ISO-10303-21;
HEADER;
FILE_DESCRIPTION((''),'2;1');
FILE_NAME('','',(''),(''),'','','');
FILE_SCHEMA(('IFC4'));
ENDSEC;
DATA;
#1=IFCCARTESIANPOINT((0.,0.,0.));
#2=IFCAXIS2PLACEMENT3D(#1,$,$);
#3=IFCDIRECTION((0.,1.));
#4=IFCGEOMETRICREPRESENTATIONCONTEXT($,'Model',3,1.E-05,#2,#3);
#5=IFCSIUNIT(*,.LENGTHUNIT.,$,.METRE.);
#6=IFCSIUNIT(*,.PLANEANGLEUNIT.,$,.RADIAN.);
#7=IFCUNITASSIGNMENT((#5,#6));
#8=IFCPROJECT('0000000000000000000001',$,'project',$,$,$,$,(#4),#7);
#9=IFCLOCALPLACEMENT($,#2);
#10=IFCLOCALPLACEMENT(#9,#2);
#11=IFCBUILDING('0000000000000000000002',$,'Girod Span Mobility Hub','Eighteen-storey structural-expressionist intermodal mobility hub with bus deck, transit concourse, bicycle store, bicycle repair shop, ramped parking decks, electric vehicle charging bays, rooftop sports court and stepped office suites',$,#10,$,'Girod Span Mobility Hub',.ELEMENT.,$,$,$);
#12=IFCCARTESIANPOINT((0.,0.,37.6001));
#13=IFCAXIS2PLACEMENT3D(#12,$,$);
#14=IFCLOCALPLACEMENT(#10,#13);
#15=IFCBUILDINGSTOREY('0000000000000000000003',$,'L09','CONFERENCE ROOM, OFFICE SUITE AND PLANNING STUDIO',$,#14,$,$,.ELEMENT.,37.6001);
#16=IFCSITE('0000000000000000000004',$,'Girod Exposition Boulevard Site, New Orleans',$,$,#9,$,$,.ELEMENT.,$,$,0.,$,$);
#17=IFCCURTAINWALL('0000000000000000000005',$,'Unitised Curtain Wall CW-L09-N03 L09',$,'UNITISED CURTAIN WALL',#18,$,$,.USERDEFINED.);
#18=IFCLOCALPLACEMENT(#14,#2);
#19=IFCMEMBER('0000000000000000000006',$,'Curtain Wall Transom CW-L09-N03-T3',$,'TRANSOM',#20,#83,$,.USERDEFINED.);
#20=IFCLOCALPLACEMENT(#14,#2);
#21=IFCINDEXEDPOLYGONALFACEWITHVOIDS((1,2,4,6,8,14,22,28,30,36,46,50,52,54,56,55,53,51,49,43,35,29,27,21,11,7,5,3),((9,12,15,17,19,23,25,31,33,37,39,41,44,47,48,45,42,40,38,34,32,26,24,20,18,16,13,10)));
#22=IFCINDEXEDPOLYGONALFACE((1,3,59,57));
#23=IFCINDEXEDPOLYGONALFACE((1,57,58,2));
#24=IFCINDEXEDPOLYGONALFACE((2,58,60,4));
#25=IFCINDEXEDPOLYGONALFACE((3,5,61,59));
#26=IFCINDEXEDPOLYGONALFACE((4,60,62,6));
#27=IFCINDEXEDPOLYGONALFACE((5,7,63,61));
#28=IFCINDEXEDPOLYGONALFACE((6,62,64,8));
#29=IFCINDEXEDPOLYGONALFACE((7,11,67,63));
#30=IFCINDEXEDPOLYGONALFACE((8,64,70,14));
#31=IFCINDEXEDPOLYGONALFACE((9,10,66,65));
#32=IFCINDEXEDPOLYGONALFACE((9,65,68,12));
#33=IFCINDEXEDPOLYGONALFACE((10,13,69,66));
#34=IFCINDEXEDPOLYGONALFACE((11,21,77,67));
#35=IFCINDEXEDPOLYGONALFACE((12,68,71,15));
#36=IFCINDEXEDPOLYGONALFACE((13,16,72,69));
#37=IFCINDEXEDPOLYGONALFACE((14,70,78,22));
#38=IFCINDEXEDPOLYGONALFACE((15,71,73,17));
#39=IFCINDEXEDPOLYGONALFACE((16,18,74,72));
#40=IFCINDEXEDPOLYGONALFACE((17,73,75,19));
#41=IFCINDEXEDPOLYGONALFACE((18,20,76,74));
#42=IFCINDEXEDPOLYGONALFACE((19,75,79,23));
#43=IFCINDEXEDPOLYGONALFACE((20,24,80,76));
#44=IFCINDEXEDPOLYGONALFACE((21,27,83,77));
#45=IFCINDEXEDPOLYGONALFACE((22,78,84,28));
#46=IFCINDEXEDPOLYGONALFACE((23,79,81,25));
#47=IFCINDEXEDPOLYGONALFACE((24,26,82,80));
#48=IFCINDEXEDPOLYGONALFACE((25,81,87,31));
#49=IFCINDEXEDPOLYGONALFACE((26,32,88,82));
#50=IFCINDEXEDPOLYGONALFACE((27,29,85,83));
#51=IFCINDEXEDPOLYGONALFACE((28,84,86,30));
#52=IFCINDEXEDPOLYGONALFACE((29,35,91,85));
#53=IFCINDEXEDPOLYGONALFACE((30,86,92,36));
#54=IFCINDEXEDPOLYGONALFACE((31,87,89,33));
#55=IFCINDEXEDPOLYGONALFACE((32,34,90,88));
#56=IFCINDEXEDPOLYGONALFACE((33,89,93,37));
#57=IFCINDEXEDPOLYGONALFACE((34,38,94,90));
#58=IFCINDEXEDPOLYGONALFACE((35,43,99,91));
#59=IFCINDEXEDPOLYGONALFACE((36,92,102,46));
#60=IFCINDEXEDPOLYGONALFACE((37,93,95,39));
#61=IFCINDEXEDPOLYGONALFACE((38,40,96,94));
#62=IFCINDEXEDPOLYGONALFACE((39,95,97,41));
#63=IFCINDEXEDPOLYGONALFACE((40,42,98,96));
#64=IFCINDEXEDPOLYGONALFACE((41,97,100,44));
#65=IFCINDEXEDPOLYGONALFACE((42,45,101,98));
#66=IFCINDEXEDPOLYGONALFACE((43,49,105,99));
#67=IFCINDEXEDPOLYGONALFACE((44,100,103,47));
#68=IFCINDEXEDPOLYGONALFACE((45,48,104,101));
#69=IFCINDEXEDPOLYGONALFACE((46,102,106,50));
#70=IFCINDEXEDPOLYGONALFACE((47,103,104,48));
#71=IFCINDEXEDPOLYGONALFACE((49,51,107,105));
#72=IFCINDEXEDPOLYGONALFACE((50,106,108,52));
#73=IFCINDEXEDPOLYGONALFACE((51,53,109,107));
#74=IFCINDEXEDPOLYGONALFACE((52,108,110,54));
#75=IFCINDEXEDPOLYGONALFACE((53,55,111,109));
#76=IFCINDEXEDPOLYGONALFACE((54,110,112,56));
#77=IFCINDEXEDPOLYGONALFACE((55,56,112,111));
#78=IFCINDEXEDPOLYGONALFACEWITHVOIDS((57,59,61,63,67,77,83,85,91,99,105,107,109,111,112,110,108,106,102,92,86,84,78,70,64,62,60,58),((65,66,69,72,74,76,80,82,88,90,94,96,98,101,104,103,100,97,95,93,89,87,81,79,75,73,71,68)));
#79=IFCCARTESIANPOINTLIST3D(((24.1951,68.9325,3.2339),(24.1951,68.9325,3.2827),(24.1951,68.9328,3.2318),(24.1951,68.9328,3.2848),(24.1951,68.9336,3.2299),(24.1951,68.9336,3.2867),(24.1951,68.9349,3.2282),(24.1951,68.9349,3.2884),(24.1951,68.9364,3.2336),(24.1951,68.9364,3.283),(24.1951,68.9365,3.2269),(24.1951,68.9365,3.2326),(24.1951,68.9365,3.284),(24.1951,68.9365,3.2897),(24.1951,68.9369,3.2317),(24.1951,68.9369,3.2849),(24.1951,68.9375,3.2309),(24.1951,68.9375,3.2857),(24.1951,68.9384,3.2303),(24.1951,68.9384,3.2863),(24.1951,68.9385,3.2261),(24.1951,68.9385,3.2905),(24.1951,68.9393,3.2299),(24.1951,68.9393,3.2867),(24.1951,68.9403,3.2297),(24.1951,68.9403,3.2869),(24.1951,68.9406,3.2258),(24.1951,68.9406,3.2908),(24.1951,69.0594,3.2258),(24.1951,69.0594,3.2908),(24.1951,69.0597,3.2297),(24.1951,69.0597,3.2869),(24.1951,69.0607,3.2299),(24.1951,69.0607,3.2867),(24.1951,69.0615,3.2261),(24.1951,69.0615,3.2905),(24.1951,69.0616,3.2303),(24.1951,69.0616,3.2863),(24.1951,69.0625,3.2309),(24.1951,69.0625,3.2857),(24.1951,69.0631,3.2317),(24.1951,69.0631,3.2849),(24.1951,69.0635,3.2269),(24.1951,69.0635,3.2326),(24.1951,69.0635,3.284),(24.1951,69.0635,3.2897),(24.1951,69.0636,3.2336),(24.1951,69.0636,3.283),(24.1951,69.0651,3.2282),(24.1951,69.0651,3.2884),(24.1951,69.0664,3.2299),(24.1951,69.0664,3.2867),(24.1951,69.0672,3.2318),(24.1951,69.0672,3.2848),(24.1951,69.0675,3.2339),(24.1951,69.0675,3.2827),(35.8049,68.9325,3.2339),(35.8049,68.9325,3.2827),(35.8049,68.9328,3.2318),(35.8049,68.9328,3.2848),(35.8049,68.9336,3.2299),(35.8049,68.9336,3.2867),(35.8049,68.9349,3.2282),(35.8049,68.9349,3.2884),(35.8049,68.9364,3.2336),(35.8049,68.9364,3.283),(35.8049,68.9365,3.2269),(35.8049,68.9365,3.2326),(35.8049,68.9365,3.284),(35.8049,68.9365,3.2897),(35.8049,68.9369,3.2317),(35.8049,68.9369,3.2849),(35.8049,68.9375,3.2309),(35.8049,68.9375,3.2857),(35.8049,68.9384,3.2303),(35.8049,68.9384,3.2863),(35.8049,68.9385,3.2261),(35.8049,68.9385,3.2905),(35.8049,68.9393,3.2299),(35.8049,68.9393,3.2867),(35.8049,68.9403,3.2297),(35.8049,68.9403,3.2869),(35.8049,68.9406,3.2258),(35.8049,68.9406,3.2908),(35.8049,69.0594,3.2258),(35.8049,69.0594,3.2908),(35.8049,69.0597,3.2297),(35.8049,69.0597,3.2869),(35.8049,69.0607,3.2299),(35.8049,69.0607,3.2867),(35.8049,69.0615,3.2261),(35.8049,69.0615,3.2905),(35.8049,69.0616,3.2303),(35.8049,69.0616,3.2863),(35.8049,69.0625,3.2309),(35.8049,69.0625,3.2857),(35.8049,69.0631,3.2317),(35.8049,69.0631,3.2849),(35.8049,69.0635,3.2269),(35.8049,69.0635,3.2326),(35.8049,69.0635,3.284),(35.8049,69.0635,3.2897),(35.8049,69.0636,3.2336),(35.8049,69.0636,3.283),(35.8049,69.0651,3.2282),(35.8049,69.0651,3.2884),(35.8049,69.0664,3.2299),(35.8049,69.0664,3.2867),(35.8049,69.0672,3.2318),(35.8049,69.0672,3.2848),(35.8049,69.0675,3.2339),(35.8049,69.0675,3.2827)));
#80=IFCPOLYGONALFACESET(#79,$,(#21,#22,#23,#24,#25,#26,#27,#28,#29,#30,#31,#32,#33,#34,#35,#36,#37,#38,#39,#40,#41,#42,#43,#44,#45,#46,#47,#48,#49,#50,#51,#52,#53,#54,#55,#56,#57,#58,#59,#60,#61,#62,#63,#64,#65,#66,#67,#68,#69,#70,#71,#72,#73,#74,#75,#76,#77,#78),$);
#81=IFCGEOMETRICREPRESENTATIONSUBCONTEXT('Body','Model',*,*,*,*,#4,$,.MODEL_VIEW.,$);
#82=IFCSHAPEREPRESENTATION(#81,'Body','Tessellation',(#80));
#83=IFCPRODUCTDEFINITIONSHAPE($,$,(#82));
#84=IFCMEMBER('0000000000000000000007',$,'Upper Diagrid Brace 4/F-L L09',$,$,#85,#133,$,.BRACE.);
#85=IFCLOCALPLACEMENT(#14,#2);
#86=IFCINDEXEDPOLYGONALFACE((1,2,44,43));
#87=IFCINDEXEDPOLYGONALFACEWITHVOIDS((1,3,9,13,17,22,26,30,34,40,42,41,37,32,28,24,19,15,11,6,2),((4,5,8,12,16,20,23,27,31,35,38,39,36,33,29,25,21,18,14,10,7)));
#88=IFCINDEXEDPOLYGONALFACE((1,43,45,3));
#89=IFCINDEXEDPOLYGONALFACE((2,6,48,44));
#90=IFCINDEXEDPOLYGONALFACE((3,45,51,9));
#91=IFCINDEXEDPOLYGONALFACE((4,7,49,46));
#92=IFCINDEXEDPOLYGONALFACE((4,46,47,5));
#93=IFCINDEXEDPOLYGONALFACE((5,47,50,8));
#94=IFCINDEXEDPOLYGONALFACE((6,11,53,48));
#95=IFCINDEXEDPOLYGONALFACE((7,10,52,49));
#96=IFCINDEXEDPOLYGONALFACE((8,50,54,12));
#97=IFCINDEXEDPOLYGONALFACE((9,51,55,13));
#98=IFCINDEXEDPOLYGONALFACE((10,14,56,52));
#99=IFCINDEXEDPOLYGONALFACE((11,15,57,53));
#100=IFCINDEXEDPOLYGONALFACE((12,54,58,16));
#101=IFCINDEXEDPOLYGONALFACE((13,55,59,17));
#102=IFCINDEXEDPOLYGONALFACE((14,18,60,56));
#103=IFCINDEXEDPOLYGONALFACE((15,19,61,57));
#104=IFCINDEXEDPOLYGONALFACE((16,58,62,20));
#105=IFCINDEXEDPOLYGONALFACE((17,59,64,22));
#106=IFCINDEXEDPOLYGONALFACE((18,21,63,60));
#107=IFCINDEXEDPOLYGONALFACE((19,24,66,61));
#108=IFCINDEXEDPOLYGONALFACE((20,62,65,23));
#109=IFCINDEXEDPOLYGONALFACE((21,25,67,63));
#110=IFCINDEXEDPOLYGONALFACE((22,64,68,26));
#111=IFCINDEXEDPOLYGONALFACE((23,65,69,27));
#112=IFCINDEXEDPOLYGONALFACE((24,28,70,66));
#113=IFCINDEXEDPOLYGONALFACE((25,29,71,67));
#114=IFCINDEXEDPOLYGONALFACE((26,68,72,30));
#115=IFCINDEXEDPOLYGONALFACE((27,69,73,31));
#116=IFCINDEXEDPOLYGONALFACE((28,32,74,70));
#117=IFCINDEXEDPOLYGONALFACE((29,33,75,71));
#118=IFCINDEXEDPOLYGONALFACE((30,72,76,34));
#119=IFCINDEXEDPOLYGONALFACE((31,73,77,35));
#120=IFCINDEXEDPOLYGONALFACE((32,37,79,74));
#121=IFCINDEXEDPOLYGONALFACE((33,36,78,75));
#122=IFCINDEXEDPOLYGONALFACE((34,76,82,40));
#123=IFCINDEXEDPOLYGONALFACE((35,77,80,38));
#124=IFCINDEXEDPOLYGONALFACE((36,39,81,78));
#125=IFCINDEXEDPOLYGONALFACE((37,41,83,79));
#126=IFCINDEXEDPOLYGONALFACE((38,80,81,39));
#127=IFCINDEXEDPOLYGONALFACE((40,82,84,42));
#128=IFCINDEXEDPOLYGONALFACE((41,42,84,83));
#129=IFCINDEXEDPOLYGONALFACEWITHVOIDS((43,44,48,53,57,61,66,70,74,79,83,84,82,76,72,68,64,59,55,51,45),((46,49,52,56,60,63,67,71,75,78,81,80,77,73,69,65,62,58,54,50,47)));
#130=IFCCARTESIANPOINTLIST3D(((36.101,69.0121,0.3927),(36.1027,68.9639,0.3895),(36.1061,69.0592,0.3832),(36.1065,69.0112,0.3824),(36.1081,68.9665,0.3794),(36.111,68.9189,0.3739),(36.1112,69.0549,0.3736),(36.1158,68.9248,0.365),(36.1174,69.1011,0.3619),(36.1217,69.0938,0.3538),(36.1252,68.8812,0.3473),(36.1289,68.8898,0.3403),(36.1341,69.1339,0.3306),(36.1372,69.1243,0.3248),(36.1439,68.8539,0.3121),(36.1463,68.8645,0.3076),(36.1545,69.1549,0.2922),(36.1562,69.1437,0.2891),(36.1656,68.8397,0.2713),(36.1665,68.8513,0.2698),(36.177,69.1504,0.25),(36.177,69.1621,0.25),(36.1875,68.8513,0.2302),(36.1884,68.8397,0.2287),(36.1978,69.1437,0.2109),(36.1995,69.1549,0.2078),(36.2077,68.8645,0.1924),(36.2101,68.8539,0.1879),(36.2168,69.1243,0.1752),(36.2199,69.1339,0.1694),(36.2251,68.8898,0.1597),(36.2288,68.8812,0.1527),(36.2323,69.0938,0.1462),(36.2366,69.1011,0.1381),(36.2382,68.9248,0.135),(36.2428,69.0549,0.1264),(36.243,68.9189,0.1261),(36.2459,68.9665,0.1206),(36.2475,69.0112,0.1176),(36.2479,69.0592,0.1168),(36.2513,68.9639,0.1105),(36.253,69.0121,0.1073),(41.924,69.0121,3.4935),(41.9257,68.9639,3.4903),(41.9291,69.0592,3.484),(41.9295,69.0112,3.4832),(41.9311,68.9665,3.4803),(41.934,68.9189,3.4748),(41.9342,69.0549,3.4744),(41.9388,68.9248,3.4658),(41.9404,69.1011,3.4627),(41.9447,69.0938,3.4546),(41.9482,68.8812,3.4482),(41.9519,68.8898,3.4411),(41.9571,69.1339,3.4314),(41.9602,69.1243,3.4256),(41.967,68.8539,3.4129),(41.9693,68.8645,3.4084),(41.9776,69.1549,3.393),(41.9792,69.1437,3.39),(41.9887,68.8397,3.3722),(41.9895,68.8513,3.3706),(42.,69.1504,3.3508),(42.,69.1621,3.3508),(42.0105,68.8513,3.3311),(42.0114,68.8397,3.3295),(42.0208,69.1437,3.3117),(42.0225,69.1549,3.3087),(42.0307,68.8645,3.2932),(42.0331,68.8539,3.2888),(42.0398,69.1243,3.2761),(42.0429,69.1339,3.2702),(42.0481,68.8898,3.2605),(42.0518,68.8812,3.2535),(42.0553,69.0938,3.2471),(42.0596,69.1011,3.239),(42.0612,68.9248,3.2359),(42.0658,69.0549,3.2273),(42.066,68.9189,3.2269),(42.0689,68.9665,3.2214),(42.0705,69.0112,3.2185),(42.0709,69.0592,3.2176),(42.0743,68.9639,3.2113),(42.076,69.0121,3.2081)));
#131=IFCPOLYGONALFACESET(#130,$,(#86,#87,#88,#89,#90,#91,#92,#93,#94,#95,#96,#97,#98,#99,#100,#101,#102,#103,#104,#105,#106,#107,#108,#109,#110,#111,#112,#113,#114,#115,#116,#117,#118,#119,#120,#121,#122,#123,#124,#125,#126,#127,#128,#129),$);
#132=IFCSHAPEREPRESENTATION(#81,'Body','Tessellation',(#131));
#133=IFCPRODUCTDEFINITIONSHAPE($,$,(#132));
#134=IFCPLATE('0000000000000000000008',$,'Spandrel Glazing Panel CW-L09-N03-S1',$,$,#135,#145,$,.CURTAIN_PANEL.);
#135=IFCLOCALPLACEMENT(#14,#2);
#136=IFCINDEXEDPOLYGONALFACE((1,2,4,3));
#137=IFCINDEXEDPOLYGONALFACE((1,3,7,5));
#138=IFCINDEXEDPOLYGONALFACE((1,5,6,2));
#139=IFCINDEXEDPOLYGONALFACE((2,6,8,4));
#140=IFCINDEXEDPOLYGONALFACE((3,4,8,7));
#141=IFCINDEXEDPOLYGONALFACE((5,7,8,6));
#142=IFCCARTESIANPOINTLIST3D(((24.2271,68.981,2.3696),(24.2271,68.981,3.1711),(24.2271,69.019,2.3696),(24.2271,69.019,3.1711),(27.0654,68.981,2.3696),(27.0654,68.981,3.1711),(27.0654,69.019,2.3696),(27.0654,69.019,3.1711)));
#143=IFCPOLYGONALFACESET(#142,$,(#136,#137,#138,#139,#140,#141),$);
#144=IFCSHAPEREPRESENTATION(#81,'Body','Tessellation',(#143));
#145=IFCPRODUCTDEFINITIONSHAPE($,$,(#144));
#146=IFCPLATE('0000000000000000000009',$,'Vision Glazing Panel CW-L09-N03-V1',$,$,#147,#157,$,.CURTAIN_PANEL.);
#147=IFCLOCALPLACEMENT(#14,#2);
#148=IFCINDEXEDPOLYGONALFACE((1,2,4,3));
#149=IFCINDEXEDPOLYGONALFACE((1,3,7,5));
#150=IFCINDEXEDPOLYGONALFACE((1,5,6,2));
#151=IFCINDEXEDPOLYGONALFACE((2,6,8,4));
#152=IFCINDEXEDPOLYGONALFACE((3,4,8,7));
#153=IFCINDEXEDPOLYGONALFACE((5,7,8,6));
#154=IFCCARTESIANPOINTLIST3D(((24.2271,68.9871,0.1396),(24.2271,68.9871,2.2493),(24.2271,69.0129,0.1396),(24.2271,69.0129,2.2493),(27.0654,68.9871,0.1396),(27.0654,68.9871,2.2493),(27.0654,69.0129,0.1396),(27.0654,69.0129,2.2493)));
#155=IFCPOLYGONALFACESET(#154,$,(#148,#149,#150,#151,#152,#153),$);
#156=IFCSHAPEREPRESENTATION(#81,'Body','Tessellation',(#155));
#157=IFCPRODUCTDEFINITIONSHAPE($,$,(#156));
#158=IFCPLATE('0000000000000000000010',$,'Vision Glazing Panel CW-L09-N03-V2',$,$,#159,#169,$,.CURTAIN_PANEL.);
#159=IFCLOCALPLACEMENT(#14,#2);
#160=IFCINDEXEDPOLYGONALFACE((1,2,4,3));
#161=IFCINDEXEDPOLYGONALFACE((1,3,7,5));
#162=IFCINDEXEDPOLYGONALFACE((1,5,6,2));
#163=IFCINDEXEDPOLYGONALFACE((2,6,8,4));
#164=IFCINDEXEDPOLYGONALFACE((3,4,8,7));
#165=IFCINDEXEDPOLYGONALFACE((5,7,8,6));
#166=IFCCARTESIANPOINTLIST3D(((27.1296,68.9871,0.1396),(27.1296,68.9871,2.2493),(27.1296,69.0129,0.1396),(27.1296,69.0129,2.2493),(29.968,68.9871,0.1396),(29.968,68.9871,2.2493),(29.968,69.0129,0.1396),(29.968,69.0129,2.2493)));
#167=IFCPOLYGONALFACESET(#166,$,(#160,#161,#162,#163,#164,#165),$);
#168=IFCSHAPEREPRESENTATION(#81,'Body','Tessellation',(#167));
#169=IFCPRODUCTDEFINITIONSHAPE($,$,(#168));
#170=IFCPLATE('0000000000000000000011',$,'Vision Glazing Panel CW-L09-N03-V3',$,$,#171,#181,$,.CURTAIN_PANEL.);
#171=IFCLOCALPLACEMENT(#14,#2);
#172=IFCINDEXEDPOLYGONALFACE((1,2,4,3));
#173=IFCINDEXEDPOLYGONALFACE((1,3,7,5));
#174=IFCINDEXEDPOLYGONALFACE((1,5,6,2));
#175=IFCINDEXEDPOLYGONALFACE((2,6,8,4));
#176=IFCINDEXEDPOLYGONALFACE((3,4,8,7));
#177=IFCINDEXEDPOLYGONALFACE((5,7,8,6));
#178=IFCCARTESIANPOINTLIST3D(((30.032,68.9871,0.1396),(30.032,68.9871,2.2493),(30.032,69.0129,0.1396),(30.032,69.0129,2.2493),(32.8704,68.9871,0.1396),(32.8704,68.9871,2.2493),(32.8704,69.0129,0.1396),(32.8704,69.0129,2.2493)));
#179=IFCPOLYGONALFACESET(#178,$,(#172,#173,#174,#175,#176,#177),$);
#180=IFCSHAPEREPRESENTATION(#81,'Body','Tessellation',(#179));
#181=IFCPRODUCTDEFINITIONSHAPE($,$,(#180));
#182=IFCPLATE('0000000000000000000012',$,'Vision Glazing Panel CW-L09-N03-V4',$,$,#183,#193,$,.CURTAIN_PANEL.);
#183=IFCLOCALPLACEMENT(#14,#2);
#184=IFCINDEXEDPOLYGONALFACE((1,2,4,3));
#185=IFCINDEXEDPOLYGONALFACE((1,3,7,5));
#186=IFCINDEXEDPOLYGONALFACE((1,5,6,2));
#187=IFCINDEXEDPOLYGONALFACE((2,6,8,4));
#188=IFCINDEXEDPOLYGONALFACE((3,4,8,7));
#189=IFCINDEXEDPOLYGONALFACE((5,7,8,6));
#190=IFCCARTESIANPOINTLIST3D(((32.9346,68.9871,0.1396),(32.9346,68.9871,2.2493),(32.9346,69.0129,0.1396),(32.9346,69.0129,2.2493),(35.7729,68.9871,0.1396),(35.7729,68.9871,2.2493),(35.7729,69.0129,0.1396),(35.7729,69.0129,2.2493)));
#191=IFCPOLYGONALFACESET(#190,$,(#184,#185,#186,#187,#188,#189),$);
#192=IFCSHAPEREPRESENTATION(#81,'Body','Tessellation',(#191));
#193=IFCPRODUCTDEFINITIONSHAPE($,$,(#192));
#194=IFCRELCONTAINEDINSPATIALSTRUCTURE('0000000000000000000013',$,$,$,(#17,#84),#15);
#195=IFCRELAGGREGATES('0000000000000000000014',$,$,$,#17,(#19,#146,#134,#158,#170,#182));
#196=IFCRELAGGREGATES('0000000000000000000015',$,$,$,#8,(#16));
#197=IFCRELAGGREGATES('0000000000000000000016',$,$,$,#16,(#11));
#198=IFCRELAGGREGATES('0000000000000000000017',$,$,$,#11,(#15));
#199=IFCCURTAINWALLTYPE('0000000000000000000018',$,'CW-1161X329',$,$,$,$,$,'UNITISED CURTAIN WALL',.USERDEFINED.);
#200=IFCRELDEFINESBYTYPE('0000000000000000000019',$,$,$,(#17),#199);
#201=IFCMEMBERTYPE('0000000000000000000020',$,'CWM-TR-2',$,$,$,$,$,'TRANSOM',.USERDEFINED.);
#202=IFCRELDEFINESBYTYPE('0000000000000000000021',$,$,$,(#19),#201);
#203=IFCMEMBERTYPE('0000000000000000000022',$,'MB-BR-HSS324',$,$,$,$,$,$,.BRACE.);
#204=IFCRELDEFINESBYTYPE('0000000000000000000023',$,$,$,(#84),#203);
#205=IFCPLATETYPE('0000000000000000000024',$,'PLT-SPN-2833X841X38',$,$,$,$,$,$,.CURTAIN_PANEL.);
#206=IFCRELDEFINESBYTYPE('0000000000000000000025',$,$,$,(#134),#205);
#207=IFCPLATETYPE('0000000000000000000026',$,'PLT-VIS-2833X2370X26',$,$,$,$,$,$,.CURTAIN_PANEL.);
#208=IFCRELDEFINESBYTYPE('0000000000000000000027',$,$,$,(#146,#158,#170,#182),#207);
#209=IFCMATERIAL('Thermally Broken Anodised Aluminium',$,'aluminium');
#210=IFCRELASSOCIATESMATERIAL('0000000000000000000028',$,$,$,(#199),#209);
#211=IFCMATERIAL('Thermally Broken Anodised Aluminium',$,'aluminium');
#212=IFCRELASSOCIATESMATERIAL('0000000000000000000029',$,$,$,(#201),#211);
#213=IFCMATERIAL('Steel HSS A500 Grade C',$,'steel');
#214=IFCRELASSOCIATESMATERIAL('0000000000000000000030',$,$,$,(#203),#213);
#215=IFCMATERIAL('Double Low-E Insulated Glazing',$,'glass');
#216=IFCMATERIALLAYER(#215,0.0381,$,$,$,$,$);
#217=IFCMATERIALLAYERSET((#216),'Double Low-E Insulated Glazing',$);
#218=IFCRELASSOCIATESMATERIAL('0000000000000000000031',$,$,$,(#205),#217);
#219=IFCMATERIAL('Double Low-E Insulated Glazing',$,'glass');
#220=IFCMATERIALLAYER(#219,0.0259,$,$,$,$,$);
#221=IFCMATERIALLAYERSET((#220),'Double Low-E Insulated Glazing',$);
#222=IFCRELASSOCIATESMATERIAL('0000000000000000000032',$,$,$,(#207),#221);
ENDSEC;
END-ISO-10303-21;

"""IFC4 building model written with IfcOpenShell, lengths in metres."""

from ifc_helpers import new_model, si_unit, direction, frame, origin, origin_2d, place, context, subcontext, project, spatial, rectangle, hollow_rectangle, hollow_circle, extrude, material, layer, layer_set, material_profile, profile_set, type_object, element, aggregate, save


model = new_model("IFC4")

# Units and contexts
model_context = context("Model", 3, precision=1e-05, world=origin(), true_north=direction((0.0, 1.0)))
body_context = subcontext(model_context, "Body", "Model", "MODEL_VIEW")
ifc_project = project(units=[si_unit("LENGTHUNIT", "METRE"), si_unit("PLANEANGLEUNIT", "RADIAN")], contexts=[model_context])

# Site, building, storey
site_placement = place(None, origin())
site = spatial("IfcSite", under=ifc_project, at=site_placement, Name="Girod Exposition Boulevard Site, New Orleans", CompositionType="ELEMENT", RefElevation=0.0)
building_placement = place(site_placement, origin())
building = spatial("IfcBuilding", under=site, at=building_placement, Name="Girod Span Mobility Hub", Description="Eighteen-storey structural-expressionist intermodal mobility hub with bus deck, transit concourse, bicycle store, bicycle repair shop, ramped parking decks, electric vehicle charging bays, rooftop sports court and stepped office suites", LongName="Girod Span Mobility Hub", CompositionType="ELEMENT")
storey_placement = place(building_placement, frame((0.0, 0.0, 37.6001)))
storey = spatial("IfcBuildingStorey", under=building, at=storey_placement, Name="L09", Description="CONFERENCE ROOM, OFFICE SUITE AND PLANNING STUDIO", CompositionType="ELEMENT", Elevation=37.6001)

# Curtain wall, member
ifc_material_1 = material(Name="Thermally Broken Anodised Aluminium", Category="aluminium")
curtain_wall_type = type_object("IfcCurtainWallType", Name="CW-1161X329", ElementType="UNITISED CURTAIN WALL", PredefinedType="USERDEFINED", material=ifc_material_1)
curtain_wall_placement = place(storey_placement, origin())
curtain_wall = element("IfcCurtainWall", 1, at=curtain_wall_placement, inside=storey, type_object=curtain_wall_type, Name="Unitised Curtain Wall CW-L09-N03 L09", ObjectType="UNITISED CURTAIN WALL", PredefinedType="USERDEFINED")
ifc_material_2 = material(Name="Thermally Broken Anodised Aluminium", Category="aluminium")
ifc_material_profile_1 = material_profile(ifc_material_2, hollow_rectangle(XDim=0.135, YDim=0.0649, WallThickness=0.0039, InnerFilletRadius=0.0039, OuterFilletRadius=0.0081, at=origin_2d()), Name="CW-TR-65X135")
ifc_profile_set_1 = profile_set([ifc_material_profile_1], Name="Thermally Broken Anodised Aluminium")
member_type_1 = type_object("IfcMemberType", Name="CWM-TR-2", ElementType="TRANSOM", PredefinedType="USERDEFINED", material=ifc_profile_set_1)
member_1_placement = place(storey_placement, frame((24.1951, 69.0, 3.2583), z_axis=(1.0, 0.0, 0.0), x_axis=(0.0, 1.0, 0.0)))
member_1 = element("IfcMember", 2, at=member_1_placement, type_object=member_type_1, Name="Curtain Wall Transom CW-L09-N03-T3", ObjectType="TRANSOM", PredefinedType="USERDEFINED", context=body_context, shape_type="SweptSolid", body=[
    extrude(hollow_rectangle(XDim=0.135, YDim=0.0649, WallThickness=0.0039, InnerFilletRadius=0.0039, OuterFilletRadius=0.0081, at=origin_2d()), origin(), (0.0, 0.0, 1.0), 11.6099),
])

# Member
ifc_material_3 = material(Name="Steel HSS A500 Grade C", Category="steel")
ifc_material_profile_2 = material_profile(ifc_material_3, hollow_circle(Radius=0.1621, WallThickness=0.0117, at=origin_2d()), Name="HSS324X12.7")
ifc_profile_set_2 = profile_set([ifc_material_profile_2], Name="Steel HSS A500 Grade C")
member_type_2 = type_object("IfcMemberType", Name="MB-BR-HSS324", PredefinedType="BRACE", material=ifc_profile_set_2)
member_2_placement = place(storey_placement, frame((36.177, 69.0, 0.25), z_axis=(0.882653, 0.0, 0.470025), x_axis=(0.0, 1.0, 0.0)))
element("IfcMember", 3, at=member_2_placement, inside=storey, type_object=member_type_2, Name="Upper Diagrid Brace 4/F-L L09", PredefinedType="BRACE", context=body_context, shape_type="SweptSolid", body=[
    extrude(hollow_circle(Radius=0.1621, WallThickness=0.0117, at=origin_2d()), origin(), (0.0, 0.0, 1.0), 6.5972),
])

# Plates
ifc_material_4 = material(Name="Double Low-E Insulated Glazing", Category="glass")
ifc_layer_1 = layer(ifc_material_4, 0.0381)
ifc_layer_set_1 = layer_set([ifc_layer_1], Name="Double Low-E Insulated Glazing")
plate_type_1 = type_object("IfcPlateType", Name="PLT-SPN-2833X841X38", PredefinedType="CURTAIN_PANEL", material=ifc_layer_set_1)
plate_1_placement = place(storey_placement, frame((25.6462, 69.0, 2.3696), z_axis=(0.0, 0.0, 1.0), x_axis=(1.0, 0.0, 0.0)))
plate_1 = element("IfcPlate", 4, at=plate_1_placement, type_object=plate_type_1, Name="Spandrel Glazing Panel CW-L09-N03-S1", PredefinedType="CURTAIN_PANEL", context=body_context, shape_type="SweptSolid", body=[
    extrude(rectangle(XDim=2.8384, YDim=0.0381, at=origin_2d()), origin(), (0.0, 0.0, 1.0), 0.8015),
])
ifc_material_5 = material(Name="Double Low-E Insulated Glazing", Category="glass")
ifc_layer_2 = layer(ifc_material_5, 0.0259)
ifc_layer_set_2 = layer_set([ifc_layer_2], Name="Double Low-E Insulated Glazing")
plate_type_2 = type_object("IfcPlateType", Name="PLT-VIS-2833X2370X26", PredefinedType="CURTAIN_PANEL", material=ifc_layer_set_2)
plate_2_placement = place(storey_placement, frame((25.6462, 69.0, 0.1396), z_axis=(0.0, 0.0, 1.0), x_axis=(1.0, 0.0, 0.0)))
plate_2 = element("IfcPlate", 5, at=plate_2_placement, type_object=plate_type_2, Name="Vision Glazing Panel CW-L09-N03-V1", PredefinedType="CURTAIN_PANEL", context=body_context, shape_type="SweptSolid", body=[
    extrude(rectangle(XDim=2.8384, YDim=0.0259, at=origin_2d()), origin(), (0.0, 0.0, 1.0), 2.1096),
])
plate_3_placement = place(storey_placement, frame((28.5488, 69.0, 0.1396), z_axis=(0.0, 0.0, 1.0), x_axis=(1.0, 0.0, 0.0)))
plate_3 = element("IfcPlate", 6, at=plate_3_placement, type_object=plate_type_2, Name="Vision Glazing Panel CW-L09-N03-V2", PredefinedType="CURTAIN_PANEL", context=body_context, shape_type="SweptSolid", body=[
    extrude(rectangle(XDim=2.8384, YDim=0.0259, at=origin_2d()), origin(), (0.0, 0.0, 1.0), 2.1096),
])
plate_4_placement = place(storey_placement, frame((31.4512, 69.0, 0.1396), z_axis=(0.0, 0.0, 1.0), x_axis=(1.0, 0.0, 0.0)))
plate_4 = element("IfcPlate", 7, at=plate_4_placement, type_object=plate_type_2, Name="Vision Glazing Panel CW-L09-N03-V3", PredefinedType="CURTAIN_PANEL", context=body_context, shape_type="SweptSolid", body=[
    extrude(rectangle(XDim=2.8384, YDim=0.0259, at=origin_2d()), origin(), (0.0, 0.0, 1.0), 2.1096),
])
plate_5_placement = place(storey_placement, frame((34.3538, 69.0, 0.1396), z_axis=(0.0, 0.0, 1.0), x_axis=(1.0, 0.0, 0.0)))
plate_5 = element("IfcPlate", 8, at=plate_5_placement, type_object=plate_type_2, Name="Vision Glazing Panel CW-L09-N03-V4", PredefinedType="CURTAIN_PANEL", context=body_context, shape_type="SweptSolid", body=[
    extrude(rectangle(XDim=2.8384, YDim=0.0259, at=origin_2d()), origin(), (0.0, 0.0, 1.0), 2.1096),
])
aggregate(curtain_wall, [member_1, plate_2, plate_1, plate_3, plate_4, plate_5])

save(model, "model.ifc")
